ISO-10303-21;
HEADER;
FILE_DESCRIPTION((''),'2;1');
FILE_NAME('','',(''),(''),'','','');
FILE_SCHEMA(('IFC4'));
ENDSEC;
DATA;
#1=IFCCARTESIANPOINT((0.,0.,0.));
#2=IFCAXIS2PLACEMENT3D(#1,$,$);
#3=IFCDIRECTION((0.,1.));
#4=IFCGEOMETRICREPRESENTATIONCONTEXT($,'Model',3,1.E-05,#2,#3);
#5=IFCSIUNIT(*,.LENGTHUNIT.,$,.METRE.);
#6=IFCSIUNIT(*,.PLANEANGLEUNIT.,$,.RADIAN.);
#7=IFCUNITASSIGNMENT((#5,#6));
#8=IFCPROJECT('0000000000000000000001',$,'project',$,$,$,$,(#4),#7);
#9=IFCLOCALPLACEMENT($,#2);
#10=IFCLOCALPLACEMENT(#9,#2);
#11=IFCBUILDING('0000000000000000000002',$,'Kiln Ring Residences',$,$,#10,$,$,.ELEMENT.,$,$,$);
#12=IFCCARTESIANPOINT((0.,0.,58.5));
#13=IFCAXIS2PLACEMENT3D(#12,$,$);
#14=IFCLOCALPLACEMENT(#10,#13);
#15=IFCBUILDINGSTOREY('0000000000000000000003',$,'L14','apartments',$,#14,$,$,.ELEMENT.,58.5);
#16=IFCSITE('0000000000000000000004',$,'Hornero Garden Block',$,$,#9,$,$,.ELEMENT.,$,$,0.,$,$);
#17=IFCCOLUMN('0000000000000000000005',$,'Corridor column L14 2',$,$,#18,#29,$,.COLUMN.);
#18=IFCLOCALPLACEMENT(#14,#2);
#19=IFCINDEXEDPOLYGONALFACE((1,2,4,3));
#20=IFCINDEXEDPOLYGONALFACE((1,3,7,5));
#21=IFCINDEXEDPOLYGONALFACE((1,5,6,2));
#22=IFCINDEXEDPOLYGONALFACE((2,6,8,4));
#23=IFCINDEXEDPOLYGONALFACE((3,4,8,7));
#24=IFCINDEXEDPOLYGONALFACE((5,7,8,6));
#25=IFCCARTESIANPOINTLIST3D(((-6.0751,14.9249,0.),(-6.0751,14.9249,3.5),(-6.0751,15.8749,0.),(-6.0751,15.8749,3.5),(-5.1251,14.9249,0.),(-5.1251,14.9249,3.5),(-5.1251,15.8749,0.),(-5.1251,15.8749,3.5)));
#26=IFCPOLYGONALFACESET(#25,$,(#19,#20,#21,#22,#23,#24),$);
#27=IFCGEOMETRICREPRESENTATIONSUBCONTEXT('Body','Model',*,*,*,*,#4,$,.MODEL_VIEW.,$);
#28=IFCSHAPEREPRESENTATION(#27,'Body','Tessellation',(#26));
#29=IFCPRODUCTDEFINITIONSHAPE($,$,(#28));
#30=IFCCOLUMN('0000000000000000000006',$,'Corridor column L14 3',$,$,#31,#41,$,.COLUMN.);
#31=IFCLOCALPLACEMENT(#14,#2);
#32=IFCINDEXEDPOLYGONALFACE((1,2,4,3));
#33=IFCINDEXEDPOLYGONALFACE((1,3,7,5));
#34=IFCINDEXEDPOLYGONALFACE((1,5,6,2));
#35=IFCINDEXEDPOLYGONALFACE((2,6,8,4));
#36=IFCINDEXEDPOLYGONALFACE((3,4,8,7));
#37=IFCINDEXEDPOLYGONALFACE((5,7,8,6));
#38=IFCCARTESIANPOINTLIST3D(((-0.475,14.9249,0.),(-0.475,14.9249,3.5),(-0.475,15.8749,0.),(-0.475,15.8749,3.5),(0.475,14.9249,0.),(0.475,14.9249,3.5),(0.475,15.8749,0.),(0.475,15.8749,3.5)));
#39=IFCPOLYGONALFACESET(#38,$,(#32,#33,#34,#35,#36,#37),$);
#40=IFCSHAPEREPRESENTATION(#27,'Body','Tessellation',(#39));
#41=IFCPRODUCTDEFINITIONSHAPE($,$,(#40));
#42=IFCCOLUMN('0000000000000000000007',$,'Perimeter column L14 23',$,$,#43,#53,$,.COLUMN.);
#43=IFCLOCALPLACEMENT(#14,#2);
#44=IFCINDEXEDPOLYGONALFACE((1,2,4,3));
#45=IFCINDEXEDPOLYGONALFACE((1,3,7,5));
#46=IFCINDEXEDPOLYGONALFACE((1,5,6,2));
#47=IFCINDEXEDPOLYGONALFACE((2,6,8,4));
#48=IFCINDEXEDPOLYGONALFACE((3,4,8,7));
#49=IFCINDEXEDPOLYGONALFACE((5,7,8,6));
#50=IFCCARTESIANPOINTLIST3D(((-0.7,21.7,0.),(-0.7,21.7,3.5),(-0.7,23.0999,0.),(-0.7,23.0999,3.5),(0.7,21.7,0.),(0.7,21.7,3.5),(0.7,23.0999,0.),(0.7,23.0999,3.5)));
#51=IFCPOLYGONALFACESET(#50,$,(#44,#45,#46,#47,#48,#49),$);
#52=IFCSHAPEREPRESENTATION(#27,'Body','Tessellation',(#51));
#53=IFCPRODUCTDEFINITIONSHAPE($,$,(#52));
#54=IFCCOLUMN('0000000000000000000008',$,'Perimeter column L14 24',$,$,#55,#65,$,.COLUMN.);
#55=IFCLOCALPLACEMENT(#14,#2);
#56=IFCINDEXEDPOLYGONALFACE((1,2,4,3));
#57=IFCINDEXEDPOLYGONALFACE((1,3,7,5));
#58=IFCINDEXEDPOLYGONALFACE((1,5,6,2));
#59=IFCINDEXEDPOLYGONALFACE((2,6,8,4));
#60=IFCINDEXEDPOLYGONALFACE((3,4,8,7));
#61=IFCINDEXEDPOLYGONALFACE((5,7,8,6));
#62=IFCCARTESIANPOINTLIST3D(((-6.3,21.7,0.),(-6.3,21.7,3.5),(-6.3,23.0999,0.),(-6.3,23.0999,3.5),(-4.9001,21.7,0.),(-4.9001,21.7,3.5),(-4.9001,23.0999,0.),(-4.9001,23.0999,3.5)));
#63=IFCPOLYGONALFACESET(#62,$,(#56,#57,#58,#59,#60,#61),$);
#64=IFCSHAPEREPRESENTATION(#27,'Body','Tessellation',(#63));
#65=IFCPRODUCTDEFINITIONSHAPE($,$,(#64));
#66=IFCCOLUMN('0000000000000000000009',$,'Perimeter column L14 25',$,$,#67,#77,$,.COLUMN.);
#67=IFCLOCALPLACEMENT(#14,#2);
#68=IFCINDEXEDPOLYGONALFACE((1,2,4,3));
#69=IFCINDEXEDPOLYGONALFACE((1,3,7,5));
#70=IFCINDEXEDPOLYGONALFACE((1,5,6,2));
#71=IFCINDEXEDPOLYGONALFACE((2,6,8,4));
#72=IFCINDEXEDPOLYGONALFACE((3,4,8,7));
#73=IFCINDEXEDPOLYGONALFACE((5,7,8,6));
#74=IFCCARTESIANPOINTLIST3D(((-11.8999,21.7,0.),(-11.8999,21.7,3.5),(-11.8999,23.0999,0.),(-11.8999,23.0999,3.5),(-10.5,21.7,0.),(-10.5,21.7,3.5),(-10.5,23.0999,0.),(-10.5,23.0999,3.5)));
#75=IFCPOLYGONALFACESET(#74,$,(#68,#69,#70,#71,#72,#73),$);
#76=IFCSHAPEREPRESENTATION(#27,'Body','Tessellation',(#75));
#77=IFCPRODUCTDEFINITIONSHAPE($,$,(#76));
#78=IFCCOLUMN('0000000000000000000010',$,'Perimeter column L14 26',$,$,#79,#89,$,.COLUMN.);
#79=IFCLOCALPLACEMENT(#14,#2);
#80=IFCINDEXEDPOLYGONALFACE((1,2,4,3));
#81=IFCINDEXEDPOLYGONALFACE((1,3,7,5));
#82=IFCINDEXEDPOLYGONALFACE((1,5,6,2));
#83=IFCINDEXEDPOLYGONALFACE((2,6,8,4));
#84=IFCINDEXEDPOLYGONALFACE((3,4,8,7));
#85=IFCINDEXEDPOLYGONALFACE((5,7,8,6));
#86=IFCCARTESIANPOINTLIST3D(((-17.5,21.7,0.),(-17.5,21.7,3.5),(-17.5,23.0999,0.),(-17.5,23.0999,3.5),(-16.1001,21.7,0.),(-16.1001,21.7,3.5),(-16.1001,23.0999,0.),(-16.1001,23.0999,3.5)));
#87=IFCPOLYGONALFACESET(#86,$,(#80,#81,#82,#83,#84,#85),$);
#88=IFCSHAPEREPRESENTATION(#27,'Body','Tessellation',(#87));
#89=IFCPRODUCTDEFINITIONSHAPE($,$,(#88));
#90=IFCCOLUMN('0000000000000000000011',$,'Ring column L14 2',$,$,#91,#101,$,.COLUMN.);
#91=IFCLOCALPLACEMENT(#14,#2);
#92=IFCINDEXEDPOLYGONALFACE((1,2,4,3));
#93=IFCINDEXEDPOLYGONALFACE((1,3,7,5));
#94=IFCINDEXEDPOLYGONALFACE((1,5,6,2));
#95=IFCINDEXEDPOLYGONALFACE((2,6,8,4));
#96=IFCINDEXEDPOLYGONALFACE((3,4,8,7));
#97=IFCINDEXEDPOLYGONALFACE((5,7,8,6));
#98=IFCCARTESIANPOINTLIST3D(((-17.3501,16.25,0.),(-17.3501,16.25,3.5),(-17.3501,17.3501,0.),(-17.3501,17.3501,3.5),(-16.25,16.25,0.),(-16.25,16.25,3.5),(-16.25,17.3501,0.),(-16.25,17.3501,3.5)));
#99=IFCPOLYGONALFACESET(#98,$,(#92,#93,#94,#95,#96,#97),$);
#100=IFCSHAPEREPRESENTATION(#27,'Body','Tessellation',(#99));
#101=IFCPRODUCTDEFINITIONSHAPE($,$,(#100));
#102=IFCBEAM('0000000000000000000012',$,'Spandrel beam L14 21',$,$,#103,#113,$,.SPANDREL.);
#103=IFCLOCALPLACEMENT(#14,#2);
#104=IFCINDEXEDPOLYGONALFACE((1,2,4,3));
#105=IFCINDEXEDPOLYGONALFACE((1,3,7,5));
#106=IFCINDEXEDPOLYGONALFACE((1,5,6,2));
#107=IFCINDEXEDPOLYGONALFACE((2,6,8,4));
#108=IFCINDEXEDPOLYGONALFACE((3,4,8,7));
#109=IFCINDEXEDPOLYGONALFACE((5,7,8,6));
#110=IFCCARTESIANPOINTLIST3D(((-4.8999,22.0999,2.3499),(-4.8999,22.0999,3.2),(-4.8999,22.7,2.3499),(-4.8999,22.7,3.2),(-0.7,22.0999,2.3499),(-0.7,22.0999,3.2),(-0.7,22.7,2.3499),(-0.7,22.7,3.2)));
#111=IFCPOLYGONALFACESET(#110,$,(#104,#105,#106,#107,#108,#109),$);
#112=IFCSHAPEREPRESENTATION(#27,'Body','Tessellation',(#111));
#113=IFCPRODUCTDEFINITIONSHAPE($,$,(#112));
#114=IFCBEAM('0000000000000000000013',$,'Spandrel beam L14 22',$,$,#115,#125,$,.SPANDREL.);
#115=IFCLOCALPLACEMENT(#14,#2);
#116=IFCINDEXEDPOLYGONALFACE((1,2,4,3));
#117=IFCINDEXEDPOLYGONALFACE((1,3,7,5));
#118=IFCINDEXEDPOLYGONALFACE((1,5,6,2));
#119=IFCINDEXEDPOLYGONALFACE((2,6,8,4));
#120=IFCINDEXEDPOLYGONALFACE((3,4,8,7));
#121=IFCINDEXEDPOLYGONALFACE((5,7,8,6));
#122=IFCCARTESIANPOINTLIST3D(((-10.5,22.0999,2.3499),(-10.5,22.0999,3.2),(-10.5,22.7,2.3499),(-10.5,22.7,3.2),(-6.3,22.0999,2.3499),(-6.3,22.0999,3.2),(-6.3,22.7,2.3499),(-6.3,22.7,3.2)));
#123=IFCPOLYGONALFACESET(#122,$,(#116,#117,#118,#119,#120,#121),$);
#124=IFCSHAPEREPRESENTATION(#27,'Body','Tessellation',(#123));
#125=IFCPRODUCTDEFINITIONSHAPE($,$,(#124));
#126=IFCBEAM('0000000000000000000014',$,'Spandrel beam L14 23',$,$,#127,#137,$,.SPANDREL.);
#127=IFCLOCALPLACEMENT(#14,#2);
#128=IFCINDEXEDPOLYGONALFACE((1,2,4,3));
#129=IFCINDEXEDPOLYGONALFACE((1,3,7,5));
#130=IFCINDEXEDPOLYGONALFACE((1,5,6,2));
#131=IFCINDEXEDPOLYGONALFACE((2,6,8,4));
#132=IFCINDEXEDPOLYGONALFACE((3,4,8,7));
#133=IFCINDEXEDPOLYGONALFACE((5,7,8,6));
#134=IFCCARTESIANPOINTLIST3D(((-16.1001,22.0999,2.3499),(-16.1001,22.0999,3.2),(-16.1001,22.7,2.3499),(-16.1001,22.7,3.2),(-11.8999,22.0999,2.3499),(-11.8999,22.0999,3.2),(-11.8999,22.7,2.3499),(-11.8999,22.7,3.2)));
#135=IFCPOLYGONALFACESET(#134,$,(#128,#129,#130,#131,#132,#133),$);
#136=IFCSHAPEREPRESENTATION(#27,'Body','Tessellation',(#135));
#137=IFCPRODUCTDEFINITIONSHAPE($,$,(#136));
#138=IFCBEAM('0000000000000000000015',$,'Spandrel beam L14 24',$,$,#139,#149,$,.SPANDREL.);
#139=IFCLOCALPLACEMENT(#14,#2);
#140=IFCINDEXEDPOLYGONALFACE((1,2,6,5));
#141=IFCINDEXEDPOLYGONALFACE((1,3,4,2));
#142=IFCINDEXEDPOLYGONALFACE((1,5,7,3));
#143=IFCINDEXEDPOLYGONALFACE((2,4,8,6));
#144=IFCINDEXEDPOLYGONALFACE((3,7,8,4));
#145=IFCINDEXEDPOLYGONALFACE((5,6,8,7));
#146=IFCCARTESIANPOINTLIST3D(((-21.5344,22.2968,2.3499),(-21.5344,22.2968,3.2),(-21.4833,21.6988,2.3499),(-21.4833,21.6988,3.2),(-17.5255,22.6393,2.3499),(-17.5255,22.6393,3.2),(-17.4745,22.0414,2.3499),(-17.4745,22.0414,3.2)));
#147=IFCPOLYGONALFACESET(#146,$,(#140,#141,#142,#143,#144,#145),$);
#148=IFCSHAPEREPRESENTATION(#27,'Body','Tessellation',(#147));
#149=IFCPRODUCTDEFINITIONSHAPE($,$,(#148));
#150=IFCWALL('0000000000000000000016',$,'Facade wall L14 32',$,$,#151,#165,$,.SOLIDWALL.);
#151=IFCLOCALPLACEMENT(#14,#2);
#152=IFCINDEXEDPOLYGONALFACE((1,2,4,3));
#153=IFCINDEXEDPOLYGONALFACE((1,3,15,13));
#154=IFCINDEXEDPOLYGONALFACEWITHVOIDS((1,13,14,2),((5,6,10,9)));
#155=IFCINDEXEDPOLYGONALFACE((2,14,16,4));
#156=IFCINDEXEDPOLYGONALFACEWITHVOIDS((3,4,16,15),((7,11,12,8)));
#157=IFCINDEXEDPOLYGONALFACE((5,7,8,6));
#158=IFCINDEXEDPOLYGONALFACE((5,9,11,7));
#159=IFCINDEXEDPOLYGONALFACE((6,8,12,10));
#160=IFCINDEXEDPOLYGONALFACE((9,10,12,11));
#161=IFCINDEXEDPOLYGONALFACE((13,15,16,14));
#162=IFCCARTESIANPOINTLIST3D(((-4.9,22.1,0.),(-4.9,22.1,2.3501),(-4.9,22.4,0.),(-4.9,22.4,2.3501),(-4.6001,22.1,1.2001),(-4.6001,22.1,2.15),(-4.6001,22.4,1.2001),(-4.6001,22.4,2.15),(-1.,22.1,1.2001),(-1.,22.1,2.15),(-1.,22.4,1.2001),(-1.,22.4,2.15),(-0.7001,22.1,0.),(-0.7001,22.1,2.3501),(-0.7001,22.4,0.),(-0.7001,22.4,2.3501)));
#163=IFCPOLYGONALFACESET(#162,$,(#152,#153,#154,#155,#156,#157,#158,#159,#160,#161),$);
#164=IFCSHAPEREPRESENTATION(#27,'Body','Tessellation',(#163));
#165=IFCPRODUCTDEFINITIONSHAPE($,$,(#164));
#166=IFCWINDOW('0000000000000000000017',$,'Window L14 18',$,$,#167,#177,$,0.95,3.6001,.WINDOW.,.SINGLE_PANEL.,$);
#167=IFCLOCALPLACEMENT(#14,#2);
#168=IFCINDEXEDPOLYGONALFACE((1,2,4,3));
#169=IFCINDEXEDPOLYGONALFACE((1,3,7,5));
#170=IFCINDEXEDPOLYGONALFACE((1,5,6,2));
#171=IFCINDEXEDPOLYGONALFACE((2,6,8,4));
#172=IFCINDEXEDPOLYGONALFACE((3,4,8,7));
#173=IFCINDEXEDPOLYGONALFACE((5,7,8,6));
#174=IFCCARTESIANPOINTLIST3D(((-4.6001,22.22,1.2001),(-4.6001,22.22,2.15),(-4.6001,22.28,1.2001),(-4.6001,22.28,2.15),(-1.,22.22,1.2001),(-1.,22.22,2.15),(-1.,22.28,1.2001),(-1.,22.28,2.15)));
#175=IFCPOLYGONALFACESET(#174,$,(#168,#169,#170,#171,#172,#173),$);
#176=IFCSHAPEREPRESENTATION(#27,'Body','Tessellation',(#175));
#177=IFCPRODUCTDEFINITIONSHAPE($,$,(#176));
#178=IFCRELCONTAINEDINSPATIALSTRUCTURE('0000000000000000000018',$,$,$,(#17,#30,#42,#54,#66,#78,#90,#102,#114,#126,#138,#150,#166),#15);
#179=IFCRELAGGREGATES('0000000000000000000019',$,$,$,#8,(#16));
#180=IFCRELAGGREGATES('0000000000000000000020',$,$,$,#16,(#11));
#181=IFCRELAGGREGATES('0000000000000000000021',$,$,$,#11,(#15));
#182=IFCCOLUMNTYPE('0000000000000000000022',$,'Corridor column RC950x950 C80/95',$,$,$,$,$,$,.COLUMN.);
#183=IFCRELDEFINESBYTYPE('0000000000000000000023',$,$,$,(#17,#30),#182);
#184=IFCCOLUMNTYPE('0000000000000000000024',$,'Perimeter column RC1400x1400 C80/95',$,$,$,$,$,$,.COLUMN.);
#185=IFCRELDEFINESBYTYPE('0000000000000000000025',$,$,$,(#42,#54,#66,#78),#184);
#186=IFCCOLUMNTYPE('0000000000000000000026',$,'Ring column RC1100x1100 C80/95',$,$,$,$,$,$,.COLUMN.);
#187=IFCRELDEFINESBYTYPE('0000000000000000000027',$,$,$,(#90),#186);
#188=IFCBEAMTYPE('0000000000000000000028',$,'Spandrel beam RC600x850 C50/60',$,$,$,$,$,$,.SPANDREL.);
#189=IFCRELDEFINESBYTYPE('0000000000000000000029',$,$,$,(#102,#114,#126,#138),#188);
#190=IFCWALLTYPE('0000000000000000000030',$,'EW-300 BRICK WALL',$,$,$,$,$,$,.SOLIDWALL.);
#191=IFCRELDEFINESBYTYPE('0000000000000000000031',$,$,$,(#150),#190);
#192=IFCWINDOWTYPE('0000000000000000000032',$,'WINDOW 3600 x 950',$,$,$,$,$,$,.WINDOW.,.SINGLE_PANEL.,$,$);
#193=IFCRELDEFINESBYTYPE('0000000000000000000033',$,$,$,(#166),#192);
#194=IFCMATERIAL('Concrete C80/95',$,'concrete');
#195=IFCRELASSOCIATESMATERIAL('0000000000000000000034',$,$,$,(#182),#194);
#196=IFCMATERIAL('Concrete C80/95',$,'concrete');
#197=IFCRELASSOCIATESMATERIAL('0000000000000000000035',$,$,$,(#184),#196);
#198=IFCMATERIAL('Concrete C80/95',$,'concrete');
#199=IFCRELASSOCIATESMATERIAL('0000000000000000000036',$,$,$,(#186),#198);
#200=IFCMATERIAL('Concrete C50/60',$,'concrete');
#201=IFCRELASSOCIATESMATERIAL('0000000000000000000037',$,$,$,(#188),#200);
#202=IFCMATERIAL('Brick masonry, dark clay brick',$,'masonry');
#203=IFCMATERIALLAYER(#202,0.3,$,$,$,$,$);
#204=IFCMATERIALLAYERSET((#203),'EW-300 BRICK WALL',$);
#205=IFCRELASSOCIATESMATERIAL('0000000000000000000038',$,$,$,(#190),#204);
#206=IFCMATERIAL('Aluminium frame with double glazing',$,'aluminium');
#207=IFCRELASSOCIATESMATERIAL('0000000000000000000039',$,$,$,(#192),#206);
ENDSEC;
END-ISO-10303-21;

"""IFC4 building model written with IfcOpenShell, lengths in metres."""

from ifc_helpers import new_model, si_unit, direction, frame, frame_2d, origin, origin_2d, place, context, subcontext, project, spatial, rectangle, extrude, material, layer, layer_set, material_profile, profile_set, type_object, element, fill, save


model = new_model("IFC4")

# Units and contexts
model_context = context("Model", 3, precision=1e-05, world=origin(), true_north=direction((0.0, 1.0)))
body_context = subcontext(model_context, "Body", "Model", "MODEL_VIEW")
ifc_project = project(units=[si_unit("LENGTHUNIT", "METRE"), si_unit("PLANEANGLEUNIT", "RADIAN")], contexts=[model_context])

# Site, building, storey
site_placement = place(None, origin())
site = spatial("IfcSite", under=ifc_project, at=site_placement, Name="Hornero Garden Block", CompositionType="ELEMENT", RefElevation=0.0)
building_placement = place(site_placement, origin())
building = spatial("IfcBuilding", under=site, at=building_placement, Name="Kiln Ring Residences", CompositionType="ELEMENT")
storey_placement = place(building_placement, frame((0.0, 0.0, 58.5)))
storey = spatial("IfcBuildingStorey", under=building, at=storey_placement, Name="L14", Description="apartments", CompositionType="ELEMENT", Elevation=58.5)

# Columns
ifc_material_1 = material(Name="Concrete C80/95", Category="concrete")
ifc_material_profile_1 = material_profile(ifc_material_1, rectangle(XDim=0.95, YDim=0.95, at=origin_2d()), Name="RC950x950")
ifc_profile_set_1 = profile_set([ifc_material_profile_1], Name="Concrete C80/95")
column_type_1 = type_object("IfcColumnType", Name="Corridor column RC950x950 C80/95", PredefinedType="COLUMN", material=ifc_profile_set_1)
for number, where, z_axis, x_axis, name in (
    (1, (-5.6001, 15.3999, 0.0), (0.0, 0.0, 1.0), (1.0, 0.0, 0.0), "Corridor column L14 2"),
    (2, (0.0, 15.3999, 0.0), (0.0, 0.0, 1.0), (1.0, 0.0, 0.0), "Corridor column L14 3"),
):
    element("IfcColumn", number, at=place(storey_placement, frame(where, z_axis=z_axis, x_axis=x_axis)), inside=storey, type_object=column_type_1, Name=name, PredefinedType="COLUMN", context=body_context, shape_type="SweptSolid", body=[
        extrude(rectangle(XDim=0.95, YDim=0.95, at=origin_2d()), origin(), (0.0, 0.0, 1.0), 3.5),
    ])
ifc_material_2 = material(Name="Concrete C80/95", Category="concrete")
ifc_material_profile_2 = material_profile(ifc_material_2, rectangle(XDim=1.3999, YDim=1.3999, at=origin_2d()), Name="RC1400x1400")
ifc_profile_set_2 = profile_set([ifc_material_profile_2], Name="Concrete C80/95")
column_type_2 = type_object("IfcColumnType", Name="Perimeter column RC1400x1400 C80/95", PredefinedType="COLUMN", material=ifc_profile_set_2)
for number, where, z_axis, x_axis, name in (
    (3, (0.0, 22.3999, 0.0), (0.0, 0.0, 1.0), (1.0, 0.0, 0.0), "Perimeter column L14 23"),
    (4, (-5.6001, 22.3999, 0.0), (0.0, 0.0, 1.0), (1.0, 0.0, 0.0), "Perimeter column L14 24"),
    (5, (-11.2, 22.3999, 0.0), (0.0, 0.0, 1.0), (1.0, 0.0, 0.0), "Perimeter column L14 25"),
    (6, (-16.8, 22.3999, 0.0), (0.0, 0.0, 1.0), (1.0, 0.0, 0.0), "Perimeter column L14 26"),
):
    element("IfcColumn", number, at=place(storey_placement, frame(where, z_axis=z_axis, x_axis=x_axis)), inside=storey, type_object=column_type_2, Name=name, PredefinedType="COLUMN", context=body_context, shape_type="SweptSolid", body=[
        extrude(rectangle(XDim=1.3999, YDim=1.3999, at=origin_2d()), origin(), (0.0, 0.0, 1.0), 3.5),
    ])
ifc_material_3 = material(Name="Concrete C80/95", Category="concrete")
ifc_material_profile_3 = material_profile(ifc_material_3, rectangle(XDim=1.1001, YDim=1.1001, at=origin_2d()), Name="RC1100x1100")
ifc_profile_set_3 = profile_set([ifc_material_profile_3], Name="Concrete C80/95")
column_type_3 = type_object("IfcColumnType", Name="Ring column RC1100x1100 C80/95", PredefinedType="COLUMN", material=ifc_profile_set_3)
column_placement = place(storey_placement, frame((-16.8, 16.8, 0.0), z_axis=(0.0, 0.0, 1.0), x_axis=(1.0, 0.0, 0.0)))
element("IfcColumn", 7, at=column_placement, inside=storey, type_object=column_type_3, Name="Ring column L14 2", PredefinedType="COLUMN", context=body_context, shape_type="SweptSolid", body=[
    extrude(rectangle(XDim=1.1001, YDim=1.1001, at=origin_2d()), origin(), (0.0, 0.0, 1.0), 3.5),
])

# Beams
ifc_material_4 = material(Name="Concrete C50/60", Category="concrete")
ifc_material_profile_4 = material_profile(ifc_material_4, rectangle(XDim=0.6001, YDim=0.8501, at=origin_2d()), Name="RC600x850")
ifc_profile_set_4 = profile_set([ifc_material_profile_4], Name="Concrete C50/60")
beam_type = type_object("IfcBeamType", Name="Spandrel beam RC600x850 C50/60", PredefinedType="SPANDREL", material=ifc_profile_set_4)
for number, where, z_axis, x_axis, name in (
    (8, (-0.7, 22.3999, 2.7749), (-1.0, 0.0, 0.0), (0.0, -1.0, 0.0), "Spandrel beam L14 21"),
    (9, (-6.3, 22.3999, 2.7749), (-1.0, 0.0, 0.0), (0.0, -1.0, 0.0), "Spandrel beam L14 22"),
):
    element("IfcBeam", number, at=place(storey_placement, frame(where, z_axis=z_axis, x_axis=x_axis)), inside=storey, type_object=beam_type, Name=name, PredefinedType="SPANDREL", context=body_context, shape_type="SweptSolid", body=[
        extrude(rectangle(XDim=0.6001, YDim=0.8501, at=origin_2d()), origin(), (0.0, 0.0, 1.0), 4.2),
    ])
beam_1_placement = place(storey_placement, frame((-11.8999, 22.3999, 2.7749), z_axis=(-1.0, 0.0, 0.0), x_axis=(0.0, -1.0, 0.0)))
element("IfcBeam", 10, at=beam_1_placement, inside=storey, type_object=beam_type, Name="Spandrel beam L14 23", PredefinedType="SPANDREL", context=body_context, shape_type="SweptSolid", body=[
    extrude(rectangle(XDim=0.6001, YDim=0.8501, at=origin_2d()), origin(), (0.0, 0.0, 1.0), 4.2002),
])
beam_2_placement = place(storey_placement, frame((-17.5, 22.3403, 2.7749), z_axis=(-0.996369, -0.085134, 0.0), x_axis=(0.085134, -0.996369, 0.0)))
element("IfcBeam", 11, at=beam_2_placement, inside=storey, type_object=beam_type, Name="Spandrel beam L14 24", PredefinedType="SPANDREL", context=body_context, shape_type="SweptSolid", body=[
    extrude(rectangle(XDim=0.6001, YDim=0.8501, at=origin_2d()), origin(), (0.0, 0.0, 1.0), 4.0234),
])

# Wall, opening, window
ifc_material_5 = material(Name="Brick masonry, dark clay brick", Category="masonry")
ifc_layer_1 = layer(ifc_material_5, 0.3)
ifc_layer_set_1 = layer_set([ifc_layer_1], Name="EW-300 BRICK WALL")
wall_type_1 = type_object("IfcWallType", Name="EW-300 BRICK WALL", PredefinedType="SOLIDWALL", material=ifc_layer_set_1)
wall_1_placement = place(storey_placement, frame((-0.7, 22.25, 0.0), z_axis=(0.0, 0.0, 1.0), x_axis=(-1.0, 0.0, 0.0)))
wall_1 = element("IfcWall", 12, at=wall_1_placement, inside=storey, type_object=wall_type_1, Name="Facade wall L14 32", PredefinedType="SOLIDWALL", context=body_context, shape_type="SweptSolid", body=[
    extrude(rectangle(XDim=4.2, YDim=0.3, at=frame_2d((2.1001, 0.0))), origin(), (0.0, 0.0, 1.0), 2.3501),
])
opening_1_placement = place(wall_1_placement, frame((0.3, 0.0, 1.2)))
opening_1 = element("IfcOpeningElement", 13, at=opening_1_placement, cuts=wall_1, PredefinedType="OPENING", context=body_context, shape_type="SweptSolid", body=[
    extrude(rectangle(XDim=3.6001, YDim=0.95, at=frame_2d((1.8, 0.4751))), frame((0.0, 0.1599, 0.0), z_axis=(0.0, -1.0, 0.0), x_axis=(1.0, 0.0, 0.0)), (0.0, 0.0, 1.0), 0.3201),
])
ifc_material_6 = material(Name="Aluminium frame with double glazing", Category="aluminium")
window_type = type_object("IfcWindowType", Name="WINDOW 3600 x 950", PartitioningType="SINGLE_PANEL", PredefinedType="WINDOW", material=ifc_material_6)
window_1_placement = place(opening_1_placement, origin())
window_1 = element("IfcWindow", 14, at=window_1_placement, inside=storey, type_object=window_type, Name="Window L14 18", OverallHeight=0.95, OverallWidth=3.6001, PartitioningType="SINGLE_PANEL", PredefinedType="WINDOW", context=body_context, shape_type="SweptSolid", body=[
    extrude(rectangle(XDim=3.6001, YDim=0.95, at=frame_2d((1.8, 0.4751))), frame((0.0, 0.03, 0.0), z_axis=(0.0, -1.0, 0.0), x_axis=(1.0, 0.0, 0.0)), (0.0, 0.0, 1.0), 0.0601),
])
fill(opening_1, window_1)

save(model, "model.ifc")
